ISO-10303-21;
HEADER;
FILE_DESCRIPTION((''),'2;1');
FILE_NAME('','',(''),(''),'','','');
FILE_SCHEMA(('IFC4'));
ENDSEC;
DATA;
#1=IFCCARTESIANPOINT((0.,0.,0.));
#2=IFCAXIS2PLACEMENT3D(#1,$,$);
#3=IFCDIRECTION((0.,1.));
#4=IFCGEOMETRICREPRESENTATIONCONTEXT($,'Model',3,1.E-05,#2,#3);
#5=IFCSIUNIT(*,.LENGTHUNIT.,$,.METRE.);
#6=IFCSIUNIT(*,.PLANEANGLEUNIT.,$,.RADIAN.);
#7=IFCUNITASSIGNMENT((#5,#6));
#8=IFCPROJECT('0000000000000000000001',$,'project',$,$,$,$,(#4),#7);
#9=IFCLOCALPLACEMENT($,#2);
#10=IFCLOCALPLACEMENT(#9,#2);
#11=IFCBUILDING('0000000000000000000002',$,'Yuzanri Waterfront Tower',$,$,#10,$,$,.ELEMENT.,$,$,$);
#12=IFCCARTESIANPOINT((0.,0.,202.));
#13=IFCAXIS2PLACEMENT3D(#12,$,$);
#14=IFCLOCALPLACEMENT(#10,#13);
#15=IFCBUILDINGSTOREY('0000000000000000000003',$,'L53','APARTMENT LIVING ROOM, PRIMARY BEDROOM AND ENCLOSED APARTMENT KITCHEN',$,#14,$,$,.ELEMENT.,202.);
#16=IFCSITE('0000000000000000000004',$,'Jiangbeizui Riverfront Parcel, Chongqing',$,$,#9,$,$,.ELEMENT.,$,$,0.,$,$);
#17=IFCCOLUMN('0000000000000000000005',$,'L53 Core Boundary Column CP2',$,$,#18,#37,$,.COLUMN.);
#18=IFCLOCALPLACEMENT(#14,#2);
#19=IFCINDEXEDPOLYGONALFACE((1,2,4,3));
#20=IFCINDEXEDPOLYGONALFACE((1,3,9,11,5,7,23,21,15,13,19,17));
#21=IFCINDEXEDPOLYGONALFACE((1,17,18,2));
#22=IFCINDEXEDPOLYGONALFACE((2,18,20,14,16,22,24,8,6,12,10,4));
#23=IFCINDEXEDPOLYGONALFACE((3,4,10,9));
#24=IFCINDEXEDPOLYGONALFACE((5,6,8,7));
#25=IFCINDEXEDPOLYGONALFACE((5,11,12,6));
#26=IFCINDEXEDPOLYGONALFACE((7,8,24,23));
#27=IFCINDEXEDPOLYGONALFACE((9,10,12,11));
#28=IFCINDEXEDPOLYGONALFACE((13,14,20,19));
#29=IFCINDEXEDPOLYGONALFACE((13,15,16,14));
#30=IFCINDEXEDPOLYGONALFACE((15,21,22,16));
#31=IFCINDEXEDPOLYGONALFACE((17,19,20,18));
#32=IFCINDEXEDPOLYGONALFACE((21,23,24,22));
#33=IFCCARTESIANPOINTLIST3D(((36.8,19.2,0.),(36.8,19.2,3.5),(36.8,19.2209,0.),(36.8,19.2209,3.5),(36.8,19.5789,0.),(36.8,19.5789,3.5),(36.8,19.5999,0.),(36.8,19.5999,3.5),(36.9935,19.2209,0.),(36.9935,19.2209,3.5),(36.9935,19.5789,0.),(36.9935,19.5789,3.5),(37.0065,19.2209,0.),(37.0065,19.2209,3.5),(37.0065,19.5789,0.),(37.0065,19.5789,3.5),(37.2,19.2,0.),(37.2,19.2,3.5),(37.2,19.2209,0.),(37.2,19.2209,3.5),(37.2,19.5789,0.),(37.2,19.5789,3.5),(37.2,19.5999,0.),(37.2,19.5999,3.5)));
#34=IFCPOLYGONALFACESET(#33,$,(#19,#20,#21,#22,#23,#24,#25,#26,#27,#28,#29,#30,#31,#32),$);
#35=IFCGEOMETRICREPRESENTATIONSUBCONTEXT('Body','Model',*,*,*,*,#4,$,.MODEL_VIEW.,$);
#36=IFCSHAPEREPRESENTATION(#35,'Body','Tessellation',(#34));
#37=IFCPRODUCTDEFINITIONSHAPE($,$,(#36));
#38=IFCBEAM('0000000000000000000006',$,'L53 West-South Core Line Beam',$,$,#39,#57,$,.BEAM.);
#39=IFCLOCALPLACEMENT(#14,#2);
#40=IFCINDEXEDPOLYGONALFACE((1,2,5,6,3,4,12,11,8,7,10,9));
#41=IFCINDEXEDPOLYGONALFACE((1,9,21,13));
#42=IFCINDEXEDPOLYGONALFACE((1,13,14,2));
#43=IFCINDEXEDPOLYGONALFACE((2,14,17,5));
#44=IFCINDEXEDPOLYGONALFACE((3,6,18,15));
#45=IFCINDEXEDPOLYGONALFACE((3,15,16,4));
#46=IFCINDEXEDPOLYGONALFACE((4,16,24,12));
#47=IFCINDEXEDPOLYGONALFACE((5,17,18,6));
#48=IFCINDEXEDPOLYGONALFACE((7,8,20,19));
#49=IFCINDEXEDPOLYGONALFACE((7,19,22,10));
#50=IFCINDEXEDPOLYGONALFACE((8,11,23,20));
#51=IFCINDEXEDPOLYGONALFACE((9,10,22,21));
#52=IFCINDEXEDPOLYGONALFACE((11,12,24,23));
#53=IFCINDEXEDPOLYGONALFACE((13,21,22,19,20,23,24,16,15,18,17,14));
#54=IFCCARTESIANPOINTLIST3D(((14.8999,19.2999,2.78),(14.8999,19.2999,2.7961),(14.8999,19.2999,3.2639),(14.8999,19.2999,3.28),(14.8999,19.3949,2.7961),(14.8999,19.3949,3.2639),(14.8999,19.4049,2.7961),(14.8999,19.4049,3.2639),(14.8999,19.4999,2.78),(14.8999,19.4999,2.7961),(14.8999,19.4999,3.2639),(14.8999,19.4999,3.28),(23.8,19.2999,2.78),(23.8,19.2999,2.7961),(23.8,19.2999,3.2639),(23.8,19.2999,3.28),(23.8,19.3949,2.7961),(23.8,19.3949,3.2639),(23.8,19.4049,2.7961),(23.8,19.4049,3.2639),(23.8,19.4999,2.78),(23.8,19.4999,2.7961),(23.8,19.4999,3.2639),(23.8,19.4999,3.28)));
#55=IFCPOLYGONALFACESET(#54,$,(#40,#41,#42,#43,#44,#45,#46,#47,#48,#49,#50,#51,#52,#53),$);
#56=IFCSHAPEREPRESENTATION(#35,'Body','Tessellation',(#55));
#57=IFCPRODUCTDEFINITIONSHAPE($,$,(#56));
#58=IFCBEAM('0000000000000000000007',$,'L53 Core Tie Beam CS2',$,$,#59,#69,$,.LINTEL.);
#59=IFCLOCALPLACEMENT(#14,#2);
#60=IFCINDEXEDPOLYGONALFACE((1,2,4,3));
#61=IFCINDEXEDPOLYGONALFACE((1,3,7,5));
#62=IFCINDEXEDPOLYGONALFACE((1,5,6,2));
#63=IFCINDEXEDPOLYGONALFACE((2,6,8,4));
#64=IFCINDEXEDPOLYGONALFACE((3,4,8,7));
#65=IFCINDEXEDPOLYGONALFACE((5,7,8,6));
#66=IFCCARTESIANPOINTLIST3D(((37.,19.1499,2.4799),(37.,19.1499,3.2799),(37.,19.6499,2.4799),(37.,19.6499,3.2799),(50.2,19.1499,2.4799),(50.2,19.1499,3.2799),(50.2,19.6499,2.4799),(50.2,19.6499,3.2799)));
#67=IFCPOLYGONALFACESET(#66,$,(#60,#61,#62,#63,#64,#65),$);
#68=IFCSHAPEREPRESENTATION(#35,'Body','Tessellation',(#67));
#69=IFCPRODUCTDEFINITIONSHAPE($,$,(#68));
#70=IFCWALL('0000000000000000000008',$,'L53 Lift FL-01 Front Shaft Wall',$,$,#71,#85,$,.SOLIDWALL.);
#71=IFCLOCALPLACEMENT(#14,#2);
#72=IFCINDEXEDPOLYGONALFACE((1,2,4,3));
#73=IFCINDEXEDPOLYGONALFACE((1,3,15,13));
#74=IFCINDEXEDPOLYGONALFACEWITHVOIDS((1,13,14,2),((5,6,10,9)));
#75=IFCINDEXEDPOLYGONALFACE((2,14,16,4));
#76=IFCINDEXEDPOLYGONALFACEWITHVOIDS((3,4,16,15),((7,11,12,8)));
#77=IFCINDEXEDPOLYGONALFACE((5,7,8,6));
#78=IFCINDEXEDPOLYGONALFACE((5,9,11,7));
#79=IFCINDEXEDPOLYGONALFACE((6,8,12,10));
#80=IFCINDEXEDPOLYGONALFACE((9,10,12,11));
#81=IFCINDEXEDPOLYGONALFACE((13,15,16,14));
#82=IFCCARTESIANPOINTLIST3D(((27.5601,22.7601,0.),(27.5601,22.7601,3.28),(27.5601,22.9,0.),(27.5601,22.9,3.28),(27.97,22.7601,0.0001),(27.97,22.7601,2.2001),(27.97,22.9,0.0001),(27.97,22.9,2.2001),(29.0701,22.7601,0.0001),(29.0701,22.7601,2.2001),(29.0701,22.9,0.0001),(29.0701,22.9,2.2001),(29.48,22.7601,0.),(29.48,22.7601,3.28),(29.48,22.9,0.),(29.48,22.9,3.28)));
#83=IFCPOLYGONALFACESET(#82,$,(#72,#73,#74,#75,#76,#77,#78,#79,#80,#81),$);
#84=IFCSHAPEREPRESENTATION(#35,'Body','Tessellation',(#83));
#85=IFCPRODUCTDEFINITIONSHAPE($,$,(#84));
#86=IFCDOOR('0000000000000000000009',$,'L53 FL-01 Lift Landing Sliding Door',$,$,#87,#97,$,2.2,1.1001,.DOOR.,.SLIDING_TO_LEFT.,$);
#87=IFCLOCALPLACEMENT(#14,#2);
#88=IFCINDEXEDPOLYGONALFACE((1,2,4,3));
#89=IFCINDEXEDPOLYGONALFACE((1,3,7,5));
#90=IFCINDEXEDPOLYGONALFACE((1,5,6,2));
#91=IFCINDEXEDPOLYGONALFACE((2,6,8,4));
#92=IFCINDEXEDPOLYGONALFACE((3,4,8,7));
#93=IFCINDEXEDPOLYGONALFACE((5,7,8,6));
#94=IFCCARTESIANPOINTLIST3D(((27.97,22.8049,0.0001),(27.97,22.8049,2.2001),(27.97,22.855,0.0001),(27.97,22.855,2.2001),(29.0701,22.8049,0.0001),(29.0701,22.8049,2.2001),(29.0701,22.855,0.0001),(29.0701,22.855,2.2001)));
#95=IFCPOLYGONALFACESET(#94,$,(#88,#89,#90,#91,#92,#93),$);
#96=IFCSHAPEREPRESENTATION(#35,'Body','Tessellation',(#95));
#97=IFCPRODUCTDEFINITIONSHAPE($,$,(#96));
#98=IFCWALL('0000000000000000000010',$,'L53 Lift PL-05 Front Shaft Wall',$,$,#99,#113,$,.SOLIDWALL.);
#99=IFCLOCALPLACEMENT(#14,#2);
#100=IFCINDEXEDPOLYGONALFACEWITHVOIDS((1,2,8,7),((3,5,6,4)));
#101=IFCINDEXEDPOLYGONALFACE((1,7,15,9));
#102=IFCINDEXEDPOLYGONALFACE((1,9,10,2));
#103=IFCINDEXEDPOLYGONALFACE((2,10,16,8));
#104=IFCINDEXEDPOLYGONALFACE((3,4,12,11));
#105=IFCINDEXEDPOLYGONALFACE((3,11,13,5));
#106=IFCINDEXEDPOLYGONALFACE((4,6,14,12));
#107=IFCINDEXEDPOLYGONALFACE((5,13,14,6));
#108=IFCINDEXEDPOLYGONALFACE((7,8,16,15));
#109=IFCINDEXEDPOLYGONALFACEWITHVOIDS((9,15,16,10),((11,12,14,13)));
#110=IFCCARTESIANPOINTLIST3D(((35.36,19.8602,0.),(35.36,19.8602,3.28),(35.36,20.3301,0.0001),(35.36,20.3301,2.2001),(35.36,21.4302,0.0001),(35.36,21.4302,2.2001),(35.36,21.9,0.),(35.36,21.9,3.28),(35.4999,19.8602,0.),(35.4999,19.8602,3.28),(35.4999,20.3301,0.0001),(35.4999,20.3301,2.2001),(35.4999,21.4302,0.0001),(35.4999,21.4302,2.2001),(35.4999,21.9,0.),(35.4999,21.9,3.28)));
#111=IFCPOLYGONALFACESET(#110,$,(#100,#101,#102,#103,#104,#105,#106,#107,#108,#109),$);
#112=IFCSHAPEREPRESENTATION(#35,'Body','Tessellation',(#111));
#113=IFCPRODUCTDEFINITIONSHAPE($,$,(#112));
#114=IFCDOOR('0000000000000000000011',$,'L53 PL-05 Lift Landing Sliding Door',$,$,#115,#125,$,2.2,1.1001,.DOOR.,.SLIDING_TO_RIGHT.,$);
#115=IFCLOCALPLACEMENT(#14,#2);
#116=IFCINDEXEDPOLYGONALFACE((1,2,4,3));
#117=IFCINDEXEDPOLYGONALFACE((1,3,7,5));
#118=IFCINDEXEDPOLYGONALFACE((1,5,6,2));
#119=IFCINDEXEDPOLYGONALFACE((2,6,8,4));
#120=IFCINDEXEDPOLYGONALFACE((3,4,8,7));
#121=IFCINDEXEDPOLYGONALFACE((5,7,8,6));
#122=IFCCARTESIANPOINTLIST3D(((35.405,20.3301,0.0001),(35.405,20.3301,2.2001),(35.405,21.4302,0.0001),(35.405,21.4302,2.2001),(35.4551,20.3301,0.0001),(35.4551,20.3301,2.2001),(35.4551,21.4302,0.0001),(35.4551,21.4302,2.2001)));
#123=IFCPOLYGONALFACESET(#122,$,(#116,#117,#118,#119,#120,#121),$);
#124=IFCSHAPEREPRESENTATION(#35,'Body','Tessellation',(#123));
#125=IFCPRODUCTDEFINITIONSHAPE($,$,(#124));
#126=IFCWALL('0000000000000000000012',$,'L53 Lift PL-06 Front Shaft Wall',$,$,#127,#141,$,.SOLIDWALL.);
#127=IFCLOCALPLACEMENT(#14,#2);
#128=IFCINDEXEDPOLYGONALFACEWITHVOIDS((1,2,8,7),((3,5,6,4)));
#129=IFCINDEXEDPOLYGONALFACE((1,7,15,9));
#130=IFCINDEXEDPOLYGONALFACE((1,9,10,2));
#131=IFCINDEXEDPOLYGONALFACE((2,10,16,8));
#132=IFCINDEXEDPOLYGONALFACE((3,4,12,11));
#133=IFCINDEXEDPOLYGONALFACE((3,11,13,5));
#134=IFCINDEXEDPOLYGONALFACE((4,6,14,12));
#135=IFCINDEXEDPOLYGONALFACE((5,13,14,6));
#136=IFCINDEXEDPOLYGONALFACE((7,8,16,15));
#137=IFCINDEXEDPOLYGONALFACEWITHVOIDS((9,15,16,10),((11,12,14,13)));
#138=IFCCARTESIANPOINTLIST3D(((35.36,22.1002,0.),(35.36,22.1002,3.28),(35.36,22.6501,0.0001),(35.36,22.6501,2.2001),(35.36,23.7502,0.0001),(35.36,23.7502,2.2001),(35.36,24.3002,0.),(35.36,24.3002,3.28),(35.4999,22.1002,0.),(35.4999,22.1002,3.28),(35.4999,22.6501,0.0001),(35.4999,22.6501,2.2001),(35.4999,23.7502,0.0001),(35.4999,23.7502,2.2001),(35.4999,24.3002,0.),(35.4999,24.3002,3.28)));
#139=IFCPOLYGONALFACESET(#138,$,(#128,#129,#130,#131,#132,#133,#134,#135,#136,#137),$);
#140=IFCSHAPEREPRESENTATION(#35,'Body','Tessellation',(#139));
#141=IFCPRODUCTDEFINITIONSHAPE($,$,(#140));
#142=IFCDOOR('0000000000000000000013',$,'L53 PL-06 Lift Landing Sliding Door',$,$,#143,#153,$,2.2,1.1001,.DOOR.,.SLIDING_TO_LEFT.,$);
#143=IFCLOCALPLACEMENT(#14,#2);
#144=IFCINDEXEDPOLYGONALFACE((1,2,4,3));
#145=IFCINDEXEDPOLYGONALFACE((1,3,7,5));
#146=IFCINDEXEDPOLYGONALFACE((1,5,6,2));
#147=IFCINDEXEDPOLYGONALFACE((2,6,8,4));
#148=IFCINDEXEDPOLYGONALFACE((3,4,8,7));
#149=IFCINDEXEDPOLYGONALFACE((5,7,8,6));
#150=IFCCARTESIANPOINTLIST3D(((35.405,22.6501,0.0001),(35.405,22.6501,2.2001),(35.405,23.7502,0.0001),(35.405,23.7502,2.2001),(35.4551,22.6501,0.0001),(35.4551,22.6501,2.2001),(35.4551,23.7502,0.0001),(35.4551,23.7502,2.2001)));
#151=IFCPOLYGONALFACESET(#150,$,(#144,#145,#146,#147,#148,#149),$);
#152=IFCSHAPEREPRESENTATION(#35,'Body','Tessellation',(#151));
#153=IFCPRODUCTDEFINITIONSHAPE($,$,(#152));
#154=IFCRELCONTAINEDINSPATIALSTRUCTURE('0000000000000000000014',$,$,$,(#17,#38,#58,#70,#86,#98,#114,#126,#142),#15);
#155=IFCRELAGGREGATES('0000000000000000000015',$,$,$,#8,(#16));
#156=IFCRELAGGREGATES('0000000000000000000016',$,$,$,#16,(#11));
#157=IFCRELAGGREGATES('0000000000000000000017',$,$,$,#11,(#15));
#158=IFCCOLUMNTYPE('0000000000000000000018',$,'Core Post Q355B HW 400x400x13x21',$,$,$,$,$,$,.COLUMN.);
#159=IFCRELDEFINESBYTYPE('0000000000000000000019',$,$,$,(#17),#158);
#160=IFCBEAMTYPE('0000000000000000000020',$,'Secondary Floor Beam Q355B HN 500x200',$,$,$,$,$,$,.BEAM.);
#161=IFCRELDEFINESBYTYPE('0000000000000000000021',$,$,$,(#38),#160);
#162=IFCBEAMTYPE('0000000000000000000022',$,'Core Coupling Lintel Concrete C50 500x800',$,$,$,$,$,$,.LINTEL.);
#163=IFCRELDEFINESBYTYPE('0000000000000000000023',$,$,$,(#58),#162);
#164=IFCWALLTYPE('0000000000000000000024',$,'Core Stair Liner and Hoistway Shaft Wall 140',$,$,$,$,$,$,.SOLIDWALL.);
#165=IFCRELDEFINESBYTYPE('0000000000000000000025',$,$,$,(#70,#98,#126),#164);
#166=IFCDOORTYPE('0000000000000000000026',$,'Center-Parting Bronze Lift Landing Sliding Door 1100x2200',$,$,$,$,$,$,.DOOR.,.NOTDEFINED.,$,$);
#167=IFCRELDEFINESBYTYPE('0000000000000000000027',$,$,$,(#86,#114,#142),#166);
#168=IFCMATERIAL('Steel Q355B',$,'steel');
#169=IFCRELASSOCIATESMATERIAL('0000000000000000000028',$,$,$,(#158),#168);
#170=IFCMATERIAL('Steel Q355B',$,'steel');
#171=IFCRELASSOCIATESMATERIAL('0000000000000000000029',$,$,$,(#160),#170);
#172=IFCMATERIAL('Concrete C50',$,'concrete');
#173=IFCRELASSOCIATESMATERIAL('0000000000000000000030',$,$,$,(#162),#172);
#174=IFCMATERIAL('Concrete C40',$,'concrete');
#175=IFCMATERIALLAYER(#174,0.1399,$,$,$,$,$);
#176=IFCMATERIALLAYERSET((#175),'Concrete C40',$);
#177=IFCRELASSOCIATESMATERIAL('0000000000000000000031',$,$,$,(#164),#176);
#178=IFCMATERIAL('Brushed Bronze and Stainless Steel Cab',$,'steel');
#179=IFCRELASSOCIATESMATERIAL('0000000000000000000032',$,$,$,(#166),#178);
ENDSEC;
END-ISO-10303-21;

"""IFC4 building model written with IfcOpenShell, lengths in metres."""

from ifc_helpers import new_model, si_unit, direction, frame, frame_2d, origin, origin_2d, place, context, subcontext, project, spatial, rectangle, i_section, extrude, source, transform, mapped, material, layer, layer_set, material_profile, profile_set, type_object, element, fill, save


model = new_model("IFC4")

# Units and contexts
model_context = context("Model", 3, precision=1e-05, world=origin(), true_north=direction((0.0, 1.0)))
body_context = subcontext(model_context, "Body", "Model", "MODEL_VIEW")
ifc_project = project(units=[si_unit("LENGTHUNIT", "METRE"), si_unit("PLANEANGLEUNIT", "RADIAN")], contexts=[model_context])

# Site, building, storey
site_placement = place(None, origin())
site = spatial("IfcSite", under=ifc_project, at=site_placement, Name="Jiangbeizui Riverfront Parcel, Chongqing", CompositionType="ELEMENT", RefElevation=0.0)
building_placement = place(site_placement, origin())
building = spatial("IfcBuilding", under=site, at=building_placement, Name="Yuzanri Waterfront Tower", CompositionType="ELEMENT")
storey_placement = place(building_placement, frame((0.0, 0.0, 202.0)))
storey = spatial("IfcBuildingStorey", under=building, at=storey_placement, Name="L53", Description="APARTMENT LIVING ROOM, PRIMARY BEDROOM AND ENCLOSED APARTMENT KITCHEN", CompositionType="ELEMENT", Elevation=202.0)

# Column
ifc_material_1 = material(Name="Steel Q355B", Category="steel")
ifc_material_profile_1 = material_profile(ifc_material_1, i_section(OverallWidth=0.3999, OverallDepth=0.3999, WebThickness=0.0129, FlangeThickness=0.021, at=origin_2d()), Name="HW 400x400x13x21")
ifc_profile_set_1 = profile_set([ifc_material_profile_1], Name="Steel Q355B")
column_type = type_object("IfcColumnType", Name="Core Post Q355B HW 400x400x13x21", PredefinedType="COLUMN", material=ifc_profile_set_1)
shared_shape_1 = source(origin(), body_context, "Body", "SweptSolid", [
    extrude(i_section(OverallWidth=0.3999, OverallDepth=0.3999, WebThickness=0.0129, FlangeThickness=0.021, at=origin_2d()), origin(), (0.0, 0.0, 1.0), 3.5),
])
column_placement = place(storey_placement, frame((37.0, 19.3999, 0.0), z_axis=(0.0, 0.0, 1.0), x_axis=(1.0, 0.0, 0.0)))
element("IfcColumn", 1, at=column_placement, inside=storey, type_object=column_type, Name="L53 Core Boundary Column CP2", PredefinedType="COLUMN", context=body_context, shape_type="MappedRepresentation", body=[
    mapped(shared_shape_1, transform((0.0, 0.0, 0.0), scale=1.0)),
])

# Beams
ifc_material_2 = material(Name="Steel Q355B", Category="steel")
ifc_material_profile_2 = material_profile(ifc_material_2, i_section(OverallWidth=0.2, OverallDepth=0.5, WebThickness=0.01, FlangeThickness=0.0161, at=origin_2d()), Name="HN 500x200x10x16")
ifc_profile_set_2 = profile_set([ifc_material_profile_2], Name="Steel Q355B")
beam_type_1 = type_object("IfcBeamType", Name="Secondary Floor Beam Q355B HN 500x200", PredefinedType="BEAM", material=ifc_profile_set_2)
shared_shape_2 = source(origin(), body_context, "Body", "SweptSolid", [
    extrude(i_section(OverallWidth=0.2, OverallDepth=0.5, WebThickness=0.01, FlangeThickness=0.0161, at=origin_2d()), origin(), (0.0, 0.0, 1.0), 8.9001),
])
beam_1_placement = place(storey_placement, frame((23.8, 19.3999, 3.03), z_axis=(-1.0, 0.0, 0.0), x_axis=(0.0, -1.0, 0.0)))
element("IfcBeam", 2, at=beam_1_placement, inside=storey, type_object=beam_type_1, Name="L53 West-South Core Line Beam", PredefinedType="BEAM", context=body_context, shape_type="MappedRepresentation", body=[
    mapped(shared_shape_2, transform((0.0, 0.0, 0.0), scale=1.0)),
])
ifc_material_3 = material(Name="Concrete C50", Category="concrete")
ifc_material_profile_3 = material_profile(ifc_material_3, rectangle(XDim=0.5, YDim=0.8, at=origin_2d()), Name="RC 500x800")
ifc_profile_set_3 = profile_set([ifc_material_profile_3], Name="Concrete C50")
beam_type_2 = type_object("IfcBeamType", Name="Core Coupling Lintel Concrete C50 500x800", PredefinedType="LINTEL", material=ifc_profile_set_3)
shared_shape_3 = source(origin(), body_context, "Body", "SweptSolid", [
    extrude(rectangle(XDim=0.5, YDim=0.8, at=origin_2d()), origin(), (0.0, 0.0, 1.0), 13.2),
])
beam_2_placement = place(storey_placement, frame((37.0, 19.3999, 2.8799), z_axis=(1.0, 0.0, 0.0), x_axis=(0.0, 1.0, 0.0)))
element("IfcBeam", 3, at=beam_2_placement, inside=storey, type_object=beam_type_2, Name="L53 Core Tie Beam CS2", PredefinedType="LINTEL", context=body_context, shape_type="MappedRepresentation", body=[
    mapped(shared_shape_3, transform((0.0, 0.0, 0.0), scale=1.0)),
])

# Walls, openings, doors
ifc_material_4 = material(Name="Concrete C40", Category="concrete")
ifc_layer_1 = layer(ifc_material_4, 0.1399)
ifc_layer_set_1 = layer_set([ifc_layer_1], Name="Concrete C40")
wall_type_1 = type_object("IfcWallType", Name="Core Stair Liner and Hoistway Shaft Wall 140", PredefinedType="SOLIDWALL", material=ifc_layer_set_1)
wall_1_placement = place(storey_placement, frame((27.5601, 22.8301, 0.0), z_axis=(0.0, 0.0, 1.0), x_axis=(1.0, 0.0, 0.0)))
wall_1 = element("IfcWall", 4, at=wall_1_placement, inside=storey, type_object=wall_type_1, Name="L53 Lift FL-01 Front Shaft Wall", PredefinedType="SOLIDWALL", context=body_context, shape_type="SweptSolid", body=[
    extrude(rectangle(XDim=1.9199, YDim=0.1399, at=frame_2d((0.96, 0.0))), origin(), (0.0, 0.0, 1.0), 3.28),
])
opening_1_placement = place(wall_1_placement, frame((0.4099, 0.0, 0.0)))
opening_1 = element("IfcOpeningElement", 5, at=opening_1_placement, cuts=wall_1, PredefinedType="OPENING", context=body_context, shape_type="SweptSolid", body=[
    extrude(rectangle(XDim=1.1001, YDim=2.2, at=frame_2d((0.55, 1.1001))), frame((0.0, 0.085, 0.0), z_axis=(0.0, -1.0, 0.0), x_axis=(1.0, 0.0, 0.0)), (0.0, 0.0, 1.0), 0.1697),
])
ifc_material_5 = material(Name="Brushed Bronze and Stainless Steel Cab", Category="steel")
door_type_1 = type_object("IfcDoorType", Name="Center-Parting Bronze Lift Landing Sliding Door 1100x2200", OperationType="NOTDEFINED", PredefinedType="DOOR", material=ifc_material_5)
shared_shape_4 = source(origin(), body_context, "Body", "SweptSolid", [
    extrude(rectangle(XDim=1.1001, YDim=2.2, at=frame_2d((0.55, 1.1001))), frame((0.0, 0.0249, 0.0), z_axis=(0.0, -1.0, 0.0), x_axis=(1.0, 0.0, 0.0)), (0.0, 0.0, 1.0), 0.05),
])
door_1_placement = place(opening_1_placement, origin())
door_1 = element("IfcDoor", 6, at=door_1_placement, inside=storey, type_object=door_type_1, Name="L53 FL-01 Lift Landing Sliding Door", OperationType="SLIDING_TO_LEFT", OverallHeight=2.2, OverallWidth=1.1001, PredefinedType="DOOR", context=body_context, shape_type="MappedRepresentation", body=[
    mapped(shared_shape_4, transform((0.0, 0.0, 0.0), scale=1.0)),
])
fill(opening_1, door_1)
wall_2_placement = place(storey_placement, frame((35.4299, 19.8601, 0.0), z_axis=(0.0, 0.0, 1.0), x_axis=(0.0, 1.0, 0.0)))
wall_2 = element("IfcWall", 7, at=wall_2_placement, inside=storey, type_object=wall_type_1, Name="L53 Lift PL-05 Front Shaft Wall", PredefinedType="SOLIDWALL", context=body_context, shape_type="SweptSolid", body=[
    extrude(rectangle(XDim=2.0398, YDim=0.1399, at=frame_2d((1.02, 0.0))), origin(), (0.0, 0.0, 1.0), 3.28),
])
opening_2_placement = place(wall_2_placement, frame((0.47, 0.0, 0.0)))
opening_2 = element("IfcOpeningElement", 8, at=opening_2_placement, cuts=wall_2, PredefinedType="OPENING", context=body_context, shape_type="SweptSolid", body=[
    extrude(rectangle(XDim=1.1001, YDim=2.2, at=frame_2d((0.55, 1.1001))), frame((0.0, 0.085, 0.0), z_axis=(0.0, -1.0, 0.0), x_axis=(1.0, 0.0, 0.0)), (0.0, 0.0, 1.0), 0.1697),
])
door_2_placement = place(opening_2_placement, origin())
door_2 = element("IfcDoor", 9, at=door_2_placement, inside=storey, type_object=door_type_1, Name="L53 PL-05 Lift Landing Sliding Door", OperationType="SLIDING_TO_RIGHT", OverallHeight=2.2, OverallWidth=1.1001, PredefinedType="DOOR", context=body_context, shape_type="MappedRepresentation", body=[
    mapped(shared_shape_4, transform((0.0, 0.0, 0.0), scale=1.0)),
])
fill(opening_2, door_2)
wall_3_placement = place(storey_placement, frame((35.4299, 22.1001, 0.0), z_axis=(0.0, 0.0, 1.0), x_axis=(0.0, 1.0, 0.0)))
wall_3 = element("IfcWall", 10, at=wall_3_placement, inside=storey, type_object=wall_type_1, Name="L53 Lift PL-06 Front Shaft Wall", PredefinedType="SOLIDWALL", context=body_context, shape_type="SweptSolid", body=[
    extrude(rectangle(XDim=2.2, YDim=0.1399, at=frame_2d((1.1001, 0.0))), origin(), (0.0, 0.0, 1.0), 3.28),
])
opening_3_placement = place(wall_3_placement, frame((0.55, 0.0, 0.0)))
opening_3 = element("IfcOpeningElement", 11, at=opening_3_placement, cuts=wall_3, PredefinedType="OPENING", context=body_context, shape_type="SweptSolid", body=[
    extrude(rectangle(XDim=1.1001, YDim=2.2, at=frame_2d((0.55, 1.1001))), frame((0.0, 0.085, 0.0), z_axis=(0.0, -1.0, 0.0), x_axis=(1.0, 0.0, 0.0)), (0.0, 0.0, 1.0), 0.1697),
])
door_3_placement = place(opening_3_placement, origin())
door_3 = element("IfcDoor", 12, at=door_3_placement, inside=storey, type_object=door_type_1, Name="L53 PL-06 Lift Landing Sliding Door", OperationType="SLIDING_TO_LEFT", OverallHeight=2.2, OverallWidth=1.1001, PredefinedType="DOOR", context=body_context, shape_type="MappedRepresentation", body=[
    mapped(shared_shape_4, transform((0.0, 0.0, 0.0), scale=1.0)),
])
fill(opening_3, door_3)

save(model, "model.ifc")
